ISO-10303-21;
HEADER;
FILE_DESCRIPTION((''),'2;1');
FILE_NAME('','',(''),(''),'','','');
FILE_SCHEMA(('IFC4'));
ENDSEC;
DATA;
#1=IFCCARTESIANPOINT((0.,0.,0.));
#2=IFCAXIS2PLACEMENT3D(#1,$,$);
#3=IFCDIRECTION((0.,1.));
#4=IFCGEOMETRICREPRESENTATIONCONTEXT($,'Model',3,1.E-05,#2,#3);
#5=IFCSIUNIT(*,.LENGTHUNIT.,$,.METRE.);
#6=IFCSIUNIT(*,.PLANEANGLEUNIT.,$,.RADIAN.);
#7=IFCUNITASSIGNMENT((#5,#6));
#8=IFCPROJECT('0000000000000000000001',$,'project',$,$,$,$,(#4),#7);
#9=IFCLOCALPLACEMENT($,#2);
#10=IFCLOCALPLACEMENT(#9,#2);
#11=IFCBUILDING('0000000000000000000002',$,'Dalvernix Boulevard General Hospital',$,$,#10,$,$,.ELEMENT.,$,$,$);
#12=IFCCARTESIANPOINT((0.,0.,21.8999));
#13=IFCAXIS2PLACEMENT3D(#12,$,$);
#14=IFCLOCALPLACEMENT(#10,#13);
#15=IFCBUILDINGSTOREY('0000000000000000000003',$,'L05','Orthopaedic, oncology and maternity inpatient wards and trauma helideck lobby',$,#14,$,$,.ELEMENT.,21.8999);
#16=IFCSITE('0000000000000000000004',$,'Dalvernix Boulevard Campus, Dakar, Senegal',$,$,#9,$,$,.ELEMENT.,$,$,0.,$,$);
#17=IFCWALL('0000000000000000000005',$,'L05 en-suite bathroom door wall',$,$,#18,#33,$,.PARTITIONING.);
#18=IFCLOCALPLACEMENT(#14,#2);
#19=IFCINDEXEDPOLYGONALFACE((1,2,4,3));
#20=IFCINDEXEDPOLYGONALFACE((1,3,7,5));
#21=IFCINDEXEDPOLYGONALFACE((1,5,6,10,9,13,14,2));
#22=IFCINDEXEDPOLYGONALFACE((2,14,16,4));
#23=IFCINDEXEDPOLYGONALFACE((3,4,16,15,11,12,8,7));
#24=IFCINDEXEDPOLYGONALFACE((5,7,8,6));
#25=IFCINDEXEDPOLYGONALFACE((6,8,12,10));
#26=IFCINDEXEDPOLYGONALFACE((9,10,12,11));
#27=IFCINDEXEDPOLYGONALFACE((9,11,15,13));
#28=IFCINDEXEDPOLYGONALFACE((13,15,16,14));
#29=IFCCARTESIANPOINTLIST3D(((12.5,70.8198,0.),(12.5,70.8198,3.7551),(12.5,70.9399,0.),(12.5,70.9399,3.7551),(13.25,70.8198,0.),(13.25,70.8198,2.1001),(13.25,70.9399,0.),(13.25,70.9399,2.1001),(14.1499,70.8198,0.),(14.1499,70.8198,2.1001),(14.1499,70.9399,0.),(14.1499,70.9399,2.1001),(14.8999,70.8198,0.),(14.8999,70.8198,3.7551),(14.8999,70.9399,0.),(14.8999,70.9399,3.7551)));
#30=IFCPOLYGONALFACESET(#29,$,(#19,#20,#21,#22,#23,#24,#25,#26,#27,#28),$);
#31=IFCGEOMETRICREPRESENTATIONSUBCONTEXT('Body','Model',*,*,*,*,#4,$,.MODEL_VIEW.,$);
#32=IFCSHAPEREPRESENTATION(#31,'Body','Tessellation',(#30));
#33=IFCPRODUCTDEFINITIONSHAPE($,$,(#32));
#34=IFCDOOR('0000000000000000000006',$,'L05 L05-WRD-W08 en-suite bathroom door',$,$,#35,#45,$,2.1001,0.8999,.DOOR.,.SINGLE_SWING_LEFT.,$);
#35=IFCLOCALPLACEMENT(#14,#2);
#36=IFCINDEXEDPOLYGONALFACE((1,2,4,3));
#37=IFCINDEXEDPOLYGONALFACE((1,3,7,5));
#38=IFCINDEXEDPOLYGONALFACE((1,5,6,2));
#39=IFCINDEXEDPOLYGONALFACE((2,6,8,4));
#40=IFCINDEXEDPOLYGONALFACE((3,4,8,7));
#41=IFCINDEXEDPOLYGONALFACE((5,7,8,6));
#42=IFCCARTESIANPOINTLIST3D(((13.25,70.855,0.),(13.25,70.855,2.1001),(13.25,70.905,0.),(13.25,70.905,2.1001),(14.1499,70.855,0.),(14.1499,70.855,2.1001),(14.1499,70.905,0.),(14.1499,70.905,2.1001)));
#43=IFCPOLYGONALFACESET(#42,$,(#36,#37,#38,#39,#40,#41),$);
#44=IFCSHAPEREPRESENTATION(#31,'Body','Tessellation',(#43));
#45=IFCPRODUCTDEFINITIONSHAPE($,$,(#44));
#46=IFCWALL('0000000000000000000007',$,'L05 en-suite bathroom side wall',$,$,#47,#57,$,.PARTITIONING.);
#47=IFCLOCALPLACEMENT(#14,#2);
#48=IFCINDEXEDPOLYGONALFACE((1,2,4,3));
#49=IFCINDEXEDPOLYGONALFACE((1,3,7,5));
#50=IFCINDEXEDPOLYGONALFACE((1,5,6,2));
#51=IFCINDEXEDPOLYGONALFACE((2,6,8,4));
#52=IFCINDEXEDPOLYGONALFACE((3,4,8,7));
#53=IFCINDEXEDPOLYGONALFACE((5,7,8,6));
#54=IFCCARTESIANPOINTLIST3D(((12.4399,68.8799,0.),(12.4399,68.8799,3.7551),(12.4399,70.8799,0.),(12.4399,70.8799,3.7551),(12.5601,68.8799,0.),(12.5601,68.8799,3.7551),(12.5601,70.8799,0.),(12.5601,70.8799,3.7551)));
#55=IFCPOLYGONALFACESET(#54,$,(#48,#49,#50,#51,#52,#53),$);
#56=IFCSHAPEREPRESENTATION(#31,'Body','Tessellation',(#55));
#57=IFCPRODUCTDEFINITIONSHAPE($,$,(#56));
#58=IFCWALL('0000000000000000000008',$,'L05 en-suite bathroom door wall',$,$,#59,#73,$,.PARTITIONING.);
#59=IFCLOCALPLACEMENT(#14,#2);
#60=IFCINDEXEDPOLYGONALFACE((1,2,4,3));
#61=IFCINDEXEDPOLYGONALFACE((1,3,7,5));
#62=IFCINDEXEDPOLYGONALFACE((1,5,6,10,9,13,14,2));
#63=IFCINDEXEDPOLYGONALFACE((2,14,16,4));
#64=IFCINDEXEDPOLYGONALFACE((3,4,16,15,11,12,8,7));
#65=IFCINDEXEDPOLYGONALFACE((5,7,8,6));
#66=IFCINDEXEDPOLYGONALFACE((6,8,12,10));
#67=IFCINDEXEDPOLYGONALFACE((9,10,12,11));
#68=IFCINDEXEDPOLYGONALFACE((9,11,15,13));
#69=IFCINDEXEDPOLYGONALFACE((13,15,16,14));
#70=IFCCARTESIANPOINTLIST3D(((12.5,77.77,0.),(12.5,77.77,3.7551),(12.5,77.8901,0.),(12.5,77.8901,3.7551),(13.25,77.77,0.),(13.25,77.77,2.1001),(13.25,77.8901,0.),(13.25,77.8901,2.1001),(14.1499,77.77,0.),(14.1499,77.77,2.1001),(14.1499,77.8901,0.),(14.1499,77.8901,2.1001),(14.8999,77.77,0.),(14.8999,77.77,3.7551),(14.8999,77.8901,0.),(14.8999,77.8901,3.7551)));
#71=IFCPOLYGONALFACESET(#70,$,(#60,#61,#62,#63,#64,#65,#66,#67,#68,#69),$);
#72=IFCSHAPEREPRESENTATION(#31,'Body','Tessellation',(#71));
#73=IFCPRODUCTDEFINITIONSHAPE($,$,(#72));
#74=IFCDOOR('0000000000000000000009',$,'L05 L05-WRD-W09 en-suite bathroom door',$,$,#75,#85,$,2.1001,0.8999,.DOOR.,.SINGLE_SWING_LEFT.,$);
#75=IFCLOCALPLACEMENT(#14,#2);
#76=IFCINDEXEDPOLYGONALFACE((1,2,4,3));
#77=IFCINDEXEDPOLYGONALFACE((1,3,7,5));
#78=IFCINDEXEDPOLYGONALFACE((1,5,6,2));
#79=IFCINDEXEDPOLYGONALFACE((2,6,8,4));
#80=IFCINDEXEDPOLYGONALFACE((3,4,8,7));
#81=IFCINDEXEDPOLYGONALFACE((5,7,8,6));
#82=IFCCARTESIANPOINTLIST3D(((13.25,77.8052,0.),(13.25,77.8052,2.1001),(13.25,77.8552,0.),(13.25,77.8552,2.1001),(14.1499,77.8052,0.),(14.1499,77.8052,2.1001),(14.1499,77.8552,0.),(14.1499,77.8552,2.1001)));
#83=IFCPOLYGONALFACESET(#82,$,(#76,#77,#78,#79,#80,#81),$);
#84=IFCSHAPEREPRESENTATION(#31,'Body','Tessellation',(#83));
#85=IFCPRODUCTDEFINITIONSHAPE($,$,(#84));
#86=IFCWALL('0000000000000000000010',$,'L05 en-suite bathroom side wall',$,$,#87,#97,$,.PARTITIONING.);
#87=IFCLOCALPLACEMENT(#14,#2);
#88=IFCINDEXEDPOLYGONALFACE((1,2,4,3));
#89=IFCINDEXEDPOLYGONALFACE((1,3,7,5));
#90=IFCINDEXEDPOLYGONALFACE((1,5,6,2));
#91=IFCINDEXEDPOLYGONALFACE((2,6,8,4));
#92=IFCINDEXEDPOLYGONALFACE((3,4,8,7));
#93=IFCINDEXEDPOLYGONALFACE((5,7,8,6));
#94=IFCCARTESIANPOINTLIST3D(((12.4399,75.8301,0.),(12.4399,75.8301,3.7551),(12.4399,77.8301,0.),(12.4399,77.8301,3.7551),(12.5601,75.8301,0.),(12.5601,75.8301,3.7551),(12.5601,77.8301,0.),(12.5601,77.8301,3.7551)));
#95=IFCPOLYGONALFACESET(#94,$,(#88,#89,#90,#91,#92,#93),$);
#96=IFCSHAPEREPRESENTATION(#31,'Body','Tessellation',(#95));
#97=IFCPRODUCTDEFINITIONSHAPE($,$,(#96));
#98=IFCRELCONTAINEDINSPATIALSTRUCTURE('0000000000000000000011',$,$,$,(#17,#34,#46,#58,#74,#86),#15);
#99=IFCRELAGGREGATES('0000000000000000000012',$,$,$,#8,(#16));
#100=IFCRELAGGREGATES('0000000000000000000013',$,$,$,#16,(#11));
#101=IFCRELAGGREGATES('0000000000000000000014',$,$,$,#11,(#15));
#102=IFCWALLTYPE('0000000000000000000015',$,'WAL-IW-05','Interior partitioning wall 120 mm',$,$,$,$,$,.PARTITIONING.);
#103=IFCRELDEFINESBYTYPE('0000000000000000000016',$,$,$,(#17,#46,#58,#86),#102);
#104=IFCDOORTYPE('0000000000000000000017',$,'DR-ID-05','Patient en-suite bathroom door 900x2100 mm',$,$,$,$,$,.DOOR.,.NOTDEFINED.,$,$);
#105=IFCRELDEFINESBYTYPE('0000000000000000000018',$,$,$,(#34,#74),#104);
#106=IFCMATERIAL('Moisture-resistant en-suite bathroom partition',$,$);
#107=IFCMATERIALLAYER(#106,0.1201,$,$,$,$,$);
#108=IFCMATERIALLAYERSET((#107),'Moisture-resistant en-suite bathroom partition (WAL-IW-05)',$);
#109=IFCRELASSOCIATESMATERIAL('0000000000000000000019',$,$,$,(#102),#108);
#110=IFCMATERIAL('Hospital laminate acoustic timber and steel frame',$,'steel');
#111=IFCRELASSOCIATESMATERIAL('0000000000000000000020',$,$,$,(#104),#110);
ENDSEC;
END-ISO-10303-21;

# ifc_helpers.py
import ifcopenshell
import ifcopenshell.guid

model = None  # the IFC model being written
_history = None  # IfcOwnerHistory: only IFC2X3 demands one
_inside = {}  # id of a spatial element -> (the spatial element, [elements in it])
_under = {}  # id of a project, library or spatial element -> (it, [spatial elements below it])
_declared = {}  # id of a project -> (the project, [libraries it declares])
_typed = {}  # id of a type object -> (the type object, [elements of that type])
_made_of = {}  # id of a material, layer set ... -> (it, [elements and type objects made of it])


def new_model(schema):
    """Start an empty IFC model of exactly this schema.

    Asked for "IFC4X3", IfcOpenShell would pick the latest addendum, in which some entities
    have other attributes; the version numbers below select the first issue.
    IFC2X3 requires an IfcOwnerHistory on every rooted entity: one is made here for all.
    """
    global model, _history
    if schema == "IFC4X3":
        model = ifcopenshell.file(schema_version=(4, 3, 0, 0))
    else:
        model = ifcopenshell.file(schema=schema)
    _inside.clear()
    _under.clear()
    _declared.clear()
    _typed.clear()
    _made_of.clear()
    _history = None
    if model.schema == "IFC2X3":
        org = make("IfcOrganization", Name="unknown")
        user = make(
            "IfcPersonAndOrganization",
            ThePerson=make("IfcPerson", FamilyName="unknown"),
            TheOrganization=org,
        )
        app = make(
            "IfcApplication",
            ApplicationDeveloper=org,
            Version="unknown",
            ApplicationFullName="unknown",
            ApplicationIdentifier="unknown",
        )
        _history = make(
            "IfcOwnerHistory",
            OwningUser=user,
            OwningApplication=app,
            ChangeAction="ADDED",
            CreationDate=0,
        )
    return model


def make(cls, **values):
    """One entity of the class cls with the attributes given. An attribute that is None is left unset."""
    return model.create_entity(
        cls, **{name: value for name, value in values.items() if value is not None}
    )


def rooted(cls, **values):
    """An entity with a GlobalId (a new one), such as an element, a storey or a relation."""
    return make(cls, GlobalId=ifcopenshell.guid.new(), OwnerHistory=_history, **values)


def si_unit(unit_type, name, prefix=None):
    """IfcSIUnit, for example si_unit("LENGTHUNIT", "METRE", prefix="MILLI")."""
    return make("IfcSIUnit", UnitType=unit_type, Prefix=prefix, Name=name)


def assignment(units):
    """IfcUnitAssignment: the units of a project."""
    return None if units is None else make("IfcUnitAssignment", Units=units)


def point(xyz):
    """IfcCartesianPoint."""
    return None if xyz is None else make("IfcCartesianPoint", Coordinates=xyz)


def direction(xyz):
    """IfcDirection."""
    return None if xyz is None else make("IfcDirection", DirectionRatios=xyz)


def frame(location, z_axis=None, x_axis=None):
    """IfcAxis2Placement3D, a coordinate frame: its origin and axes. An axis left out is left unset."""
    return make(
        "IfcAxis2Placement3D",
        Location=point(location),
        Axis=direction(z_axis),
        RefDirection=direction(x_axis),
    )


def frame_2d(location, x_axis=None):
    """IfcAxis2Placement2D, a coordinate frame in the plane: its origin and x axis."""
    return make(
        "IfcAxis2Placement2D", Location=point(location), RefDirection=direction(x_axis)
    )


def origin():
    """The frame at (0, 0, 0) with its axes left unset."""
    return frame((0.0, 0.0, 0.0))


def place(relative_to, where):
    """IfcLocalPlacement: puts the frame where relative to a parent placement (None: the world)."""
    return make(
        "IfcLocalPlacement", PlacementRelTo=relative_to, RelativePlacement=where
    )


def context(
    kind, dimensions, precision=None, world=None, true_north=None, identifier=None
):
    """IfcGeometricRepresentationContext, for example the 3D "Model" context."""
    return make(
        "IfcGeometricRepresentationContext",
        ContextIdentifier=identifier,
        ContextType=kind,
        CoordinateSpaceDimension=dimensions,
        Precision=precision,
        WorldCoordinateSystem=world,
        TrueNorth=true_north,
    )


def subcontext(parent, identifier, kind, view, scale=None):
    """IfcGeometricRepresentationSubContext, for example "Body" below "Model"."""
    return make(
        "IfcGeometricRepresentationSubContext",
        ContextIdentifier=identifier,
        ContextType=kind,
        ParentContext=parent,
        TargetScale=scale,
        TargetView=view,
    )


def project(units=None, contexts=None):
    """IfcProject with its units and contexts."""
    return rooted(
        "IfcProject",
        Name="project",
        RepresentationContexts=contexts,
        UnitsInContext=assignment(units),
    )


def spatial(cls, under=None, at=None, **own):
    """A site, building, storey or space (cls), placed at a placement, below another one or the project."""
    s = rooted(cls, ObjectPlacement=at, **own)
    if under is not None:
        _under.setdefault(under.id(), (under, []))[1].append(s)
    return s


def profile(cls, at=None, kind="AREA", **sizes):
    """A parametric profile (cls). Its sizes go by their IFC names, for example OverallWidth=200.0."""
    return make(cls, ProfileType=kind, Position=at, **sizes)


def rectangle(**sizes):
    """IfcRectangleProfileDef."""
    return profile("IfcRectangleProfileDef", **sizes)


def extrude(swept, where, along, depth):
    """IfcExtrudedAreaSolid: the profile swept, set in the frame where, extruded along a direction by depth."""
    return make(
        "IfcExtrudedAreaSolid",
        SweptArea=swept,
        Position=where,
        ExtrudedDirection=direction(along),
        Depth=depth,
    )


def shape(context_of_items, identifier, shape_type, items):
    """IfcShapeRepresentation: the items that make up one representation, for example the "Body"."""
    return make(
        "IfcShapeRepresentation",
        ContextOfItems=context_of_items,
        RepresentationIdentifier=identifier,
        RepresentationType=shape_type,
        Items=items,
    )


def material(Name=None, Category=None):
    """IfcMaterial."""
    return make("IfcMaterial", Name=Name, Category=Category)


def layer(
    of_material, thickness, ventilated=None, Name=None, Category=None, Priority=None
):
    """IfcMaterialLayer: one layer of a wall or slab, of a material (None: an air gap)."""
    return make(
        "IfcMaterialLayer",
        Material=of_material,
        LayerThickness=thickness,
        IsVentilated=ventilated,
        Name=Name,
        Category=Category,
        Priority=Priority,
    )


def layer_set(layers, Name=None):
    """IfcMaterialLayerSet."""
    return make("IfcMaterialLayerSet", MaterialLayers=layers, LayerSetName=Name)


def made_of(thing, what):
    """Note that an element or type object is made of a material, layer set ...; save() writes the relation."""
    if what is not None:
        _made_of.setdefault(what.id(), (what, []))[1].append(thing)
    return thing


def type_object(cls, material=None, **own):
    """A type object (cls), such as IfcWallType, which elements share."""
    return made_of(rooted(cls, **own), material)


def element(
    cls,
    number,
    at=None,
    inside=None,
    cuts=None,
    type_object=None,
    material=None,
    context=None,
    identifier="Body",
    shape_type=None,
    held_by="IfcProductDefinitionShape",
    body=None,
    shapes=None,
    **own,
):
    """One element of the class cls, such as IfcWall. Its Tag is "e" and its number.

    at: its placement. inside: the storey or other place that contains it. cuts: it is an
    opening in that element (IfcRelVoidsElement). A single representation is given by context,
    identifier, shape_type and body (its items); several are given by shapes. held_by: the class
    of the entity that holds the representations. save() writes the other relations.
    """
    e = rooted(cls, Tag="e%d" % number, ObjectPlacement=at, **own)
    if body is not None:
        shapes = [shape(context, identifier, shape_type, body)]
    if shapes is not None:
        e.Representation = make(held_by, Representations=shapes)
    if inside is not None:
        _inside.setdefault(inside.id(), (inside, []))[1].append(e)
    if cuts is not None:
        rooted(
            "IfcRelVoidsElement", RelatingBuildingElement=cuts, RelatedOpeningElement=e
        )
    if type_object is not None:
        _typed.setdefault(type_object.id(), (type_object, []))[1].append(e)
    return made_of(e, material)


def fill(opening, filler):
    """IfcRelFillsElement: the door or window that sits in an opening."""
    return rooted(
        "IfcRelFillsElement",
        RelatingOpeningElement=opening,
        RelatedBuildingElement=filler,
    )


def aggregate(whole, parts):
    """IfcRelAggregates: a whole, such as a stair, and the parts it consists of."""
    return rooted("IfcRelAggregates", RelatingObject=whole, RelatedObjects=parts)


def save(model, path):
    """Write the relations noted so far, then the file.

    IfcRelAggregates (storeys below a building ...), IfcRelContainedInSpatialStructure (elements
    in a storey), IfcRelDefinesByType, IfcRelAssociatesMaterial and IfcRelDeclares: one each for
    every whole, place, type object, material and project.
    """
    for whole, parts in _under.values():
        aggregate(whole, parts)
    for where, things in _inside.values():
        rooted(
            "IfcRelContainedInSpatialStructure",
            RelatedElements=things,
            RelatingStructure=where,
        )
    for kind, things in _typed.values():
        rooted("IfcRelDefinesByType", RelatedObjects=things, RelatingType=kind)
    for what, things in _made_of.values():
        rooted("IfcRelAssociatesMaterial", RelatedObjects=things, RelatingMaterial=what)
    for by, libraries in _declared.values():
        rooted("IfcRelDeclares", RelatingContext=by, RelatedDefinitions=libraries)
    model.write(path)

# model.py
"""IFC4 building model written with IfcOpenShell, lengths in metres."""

from ifc_helpers import new_model, si_unit, direction, frame, frame_2d, origin, place, context, subcontext, project, spatial, rectangle, extrude, material, layer, layer_set, type_object, element, fill, save


model = new_model("IFC4")

# Units and contexts
model_context = context("Model", 3, precision=1e-05, world=origin(), true_north=direction((0.0, 1.0)))
body_context = subcontext(model_context, "Body", "Model", "MODEL_VIEW")
ifc_project = project(units=[si_unit("LENGTHUNIT", "METRE"), si_unit("PLANEANGLEUNIT", "RADIAN")], contexts=[model_context])

# Site, building, storey
site_placement = place(None, origin())
site = spatial("IfcSite", under=ifc_project, at=site_placement, Name="Dalvernix Boulevard Campus, Dakar, Senegal", CompositionType="ELEMENT", RefElevation=0.0)
building_placement = place(site_placement, origin())
building = spatial("IfcBuilding", under=site, at=building_placement, Name="Dalvernix Boulevard General Hospital", CompositionType="ELEMENT")
storey_placement = place(building_placement, frame((0.0, 0.0, 21.8999)))
storey = spatial("IfcBuildingStorey", under=building, at=storey_placement, Name="L05", Description="Orthopaedic, oncology and maternity inpatient wards and trauma helideck lobby", CompositionType="ELEMENT", Elevation=21.8999)

# Shared definitions
ifc_material_1 = material(Name="Hospital laminate acoustic timber and steel frame", Category="steel")

# Wall, opening, door
ifc_material_2 = material(Name="Moisture-resistant en-suite bathroom partition")
ifc_layer_1 = layer(ifc_material_2, 0.1201)
ifc_layer_set_1 = layer_set([ifc_layer_1], Name="Moisture-resistant en-suite bathroom partition (WAL-IW-05)")
wall_type_1 = type_object("IfcWallType", Name="WAL-IW-05", Description="Interior partitioning wall 120 mm", PredefinedType="PARTITIONING", material=ifc_layer_set_1)
wall_1_placement = place(storey_placement, frame((14.8999, 70.8799, 0.0), z_axis=(0.0, 0.0, 1.0), x_axis=(-1.0, 0.0, 0.0)))
wall_1 = element("IfcWall", 1, at=wall_1_placement, inside=storey, type_object=wall_type_1, Name="L05 en-suite bathroom door wall", PredefinedType="PARTITIONING", context=body_context, shape_type="SweptSolid", body=[
    extrude(rectangle(XDim=2.3999, YDim=0.1201, at=frame_2d((1.2, 0.0))), origin(), (0.0, 0.0, 1.0), 3.7551),
])
opening_1_placement = place(wall_1_placement, frame((0.75, 0.0, 0.0)))
opening_1 = element("IfcOpeningElement", 2, at=opening_1_placement, cuts=wall_1, PredefinedType="OPENING", context=body_context, shape_type="SweptSolid", body=[
    extrude(rectangle(XDim=0.8999, YDim=2.1001, at=frame_2d((0.45, 1.05))), frame((0.0, 0.0701, 0.0), z_axis=(0.0, -1.0, 0.0), x_axis=(1.0, 0.0, 0.0)), (0.0, 0.0, 1.0), 0.1401),
])
door_type_1 = type_object("IfcDoorType", Name="DR-ID-05", Description="Patient en-suite bathroom door 900x2100 mm", OperationType="NOTDEFINED", PredefinedType="DOOR", material=ifc_material_1)
door_1_placement = place(opening_1_placement, origin())
door_1 = element("IfcDoor", 3, at=door_1_placement, inside=storey, type_object=door_type_1, Name="L05 L05-WRD-W08 en-suite bathroom door", OperationType="SINGLE_SWING_LEFT", OverallHeight=2.1001, OverallWidth=0.8999, PredefinedType="DOOR", context=body_context, shape_type="SweptSolid", body=[
    extrude(rectangle(XDim=0.8999, YDim=2.1001, at=frame_2d((0.45, 1.05))), frame((0.0, 0.0249, 0.0), z_axis=(0.0, -1.0, 0.0), x_axis=(1.0, 0.0, 0.0)), (0.0, 0.0, 1.0), 0.05),
])
fill(opening_1, door_1)

# Wall
wall_2_placement = place(storey_placement, frame((12.5, 68.8799, 0.0), z_axis=(0.0, 0.0, 1.0), x_axis=(0.0, 1.0, 0.0)))
element("IfcWall", 4, at=wall_2_placement, inside=storey, type_object=wall_type_1, Name="L05 en-suite bathroom side wall", PredefinedType="PARTITIONING", context=body_context, shape_type="SweptSolid", body=[
    extrude(rectangle(XDim=2.0, YDim=0.1201, at=frame_2d((1.0, 0.0))), origin(), (0.0, 0.0, 1.0), 3.7551),
])

# Wall, opening, door
wall_3_placement = place(storey_placement, frame((14.8999, 77.8301, 0.0), z_axis=(0.0, 0.0, 1.0), x_axis=(-1.0, 0.0, 0.0)))
wall_3 = element("IfcWall", 5, at=wall_3_placement, inside=storey, type_object=wall_type_1, Name="L05 en-suite bathroom door wall", PredefinedType="PARTITIONING", context=body_context, shape_type="SweptSolid", body=[
    extrude(rectangle(XDim=2.3999, YDim=0.1201, at=frame_2d((1.2, 0.0))), origin(), (0.0, 0.0, 1.0), 3.7551),
])
opening_2_placement = place(wall_3_placement, frame((0.75, 0.0, 0.0)))
opening_2 = element("IfcOpeningElement", 6, at=opening_2_placement, cuts=wall_3, PredefinedType="OPENING", context=body_context, shape_type="SweptSolid", body=[
    extrude(rectangle(XDim=0.8999, YDim=2.1001, at=frame_2d((0.45, 1.05))), frame((0.0, 0.0701, 0.0), z_axis=(0.0, -1.0, 0.0), x_axis=(1.0, 0.0, 0.0)), (0.0, 0.0, 1.0), 0.1401),
])
door_2_placement = place(opening_2_placement, origin())
door_2 = element("IfcDoor", 7, at=door_2_placement, inside=storey, type_object=door_type_1, Name="L05 L05-WRD-W09 en-suite bathroom door", OperationType="SINGLE_SWING_LEFT", OverallHeight=2.1001, OverallWidth=0.8999, PredefinedType="DOOR", context=body_context, shape_type="SweptSolid", body=[
    extrude(rectangle(XDim=0.8999, YDim=2.1001, at=frame_2d((0.45, 1.05))), frame((0.0, 0.0249, 0.0), z_axis=(0.0, -1.0, 0.0), x_axis=(1.0, 0.0, 0.0)), (0.0, 0.0, 1.0), 0.05),
])
fill(opening_2, door_2)

# Wall
wall_4_placement = place(storey_placement, frame((12.5, 75.8301, 0.0), z_axis=(0.0, 0.0, 1.0), x_axis=(0.0, 1.0, 0.0)))
element("IfcWall", 8, at=wall_4_placement, inside=storey, type_object=wall_type_1, Name="L05 en-suite bathroom side wall", PredefinedType="PARTITIONING", context=body_context, shape_type="SweptSolid", body=[
    extrude(rectangle(XDim=2.0, YDim=0.1201, at=frame_2d((1.0, 0.0))), origin(), (0.0, 0.0, 1.0), 3.7551),
])

save(model, "model.ifc")
